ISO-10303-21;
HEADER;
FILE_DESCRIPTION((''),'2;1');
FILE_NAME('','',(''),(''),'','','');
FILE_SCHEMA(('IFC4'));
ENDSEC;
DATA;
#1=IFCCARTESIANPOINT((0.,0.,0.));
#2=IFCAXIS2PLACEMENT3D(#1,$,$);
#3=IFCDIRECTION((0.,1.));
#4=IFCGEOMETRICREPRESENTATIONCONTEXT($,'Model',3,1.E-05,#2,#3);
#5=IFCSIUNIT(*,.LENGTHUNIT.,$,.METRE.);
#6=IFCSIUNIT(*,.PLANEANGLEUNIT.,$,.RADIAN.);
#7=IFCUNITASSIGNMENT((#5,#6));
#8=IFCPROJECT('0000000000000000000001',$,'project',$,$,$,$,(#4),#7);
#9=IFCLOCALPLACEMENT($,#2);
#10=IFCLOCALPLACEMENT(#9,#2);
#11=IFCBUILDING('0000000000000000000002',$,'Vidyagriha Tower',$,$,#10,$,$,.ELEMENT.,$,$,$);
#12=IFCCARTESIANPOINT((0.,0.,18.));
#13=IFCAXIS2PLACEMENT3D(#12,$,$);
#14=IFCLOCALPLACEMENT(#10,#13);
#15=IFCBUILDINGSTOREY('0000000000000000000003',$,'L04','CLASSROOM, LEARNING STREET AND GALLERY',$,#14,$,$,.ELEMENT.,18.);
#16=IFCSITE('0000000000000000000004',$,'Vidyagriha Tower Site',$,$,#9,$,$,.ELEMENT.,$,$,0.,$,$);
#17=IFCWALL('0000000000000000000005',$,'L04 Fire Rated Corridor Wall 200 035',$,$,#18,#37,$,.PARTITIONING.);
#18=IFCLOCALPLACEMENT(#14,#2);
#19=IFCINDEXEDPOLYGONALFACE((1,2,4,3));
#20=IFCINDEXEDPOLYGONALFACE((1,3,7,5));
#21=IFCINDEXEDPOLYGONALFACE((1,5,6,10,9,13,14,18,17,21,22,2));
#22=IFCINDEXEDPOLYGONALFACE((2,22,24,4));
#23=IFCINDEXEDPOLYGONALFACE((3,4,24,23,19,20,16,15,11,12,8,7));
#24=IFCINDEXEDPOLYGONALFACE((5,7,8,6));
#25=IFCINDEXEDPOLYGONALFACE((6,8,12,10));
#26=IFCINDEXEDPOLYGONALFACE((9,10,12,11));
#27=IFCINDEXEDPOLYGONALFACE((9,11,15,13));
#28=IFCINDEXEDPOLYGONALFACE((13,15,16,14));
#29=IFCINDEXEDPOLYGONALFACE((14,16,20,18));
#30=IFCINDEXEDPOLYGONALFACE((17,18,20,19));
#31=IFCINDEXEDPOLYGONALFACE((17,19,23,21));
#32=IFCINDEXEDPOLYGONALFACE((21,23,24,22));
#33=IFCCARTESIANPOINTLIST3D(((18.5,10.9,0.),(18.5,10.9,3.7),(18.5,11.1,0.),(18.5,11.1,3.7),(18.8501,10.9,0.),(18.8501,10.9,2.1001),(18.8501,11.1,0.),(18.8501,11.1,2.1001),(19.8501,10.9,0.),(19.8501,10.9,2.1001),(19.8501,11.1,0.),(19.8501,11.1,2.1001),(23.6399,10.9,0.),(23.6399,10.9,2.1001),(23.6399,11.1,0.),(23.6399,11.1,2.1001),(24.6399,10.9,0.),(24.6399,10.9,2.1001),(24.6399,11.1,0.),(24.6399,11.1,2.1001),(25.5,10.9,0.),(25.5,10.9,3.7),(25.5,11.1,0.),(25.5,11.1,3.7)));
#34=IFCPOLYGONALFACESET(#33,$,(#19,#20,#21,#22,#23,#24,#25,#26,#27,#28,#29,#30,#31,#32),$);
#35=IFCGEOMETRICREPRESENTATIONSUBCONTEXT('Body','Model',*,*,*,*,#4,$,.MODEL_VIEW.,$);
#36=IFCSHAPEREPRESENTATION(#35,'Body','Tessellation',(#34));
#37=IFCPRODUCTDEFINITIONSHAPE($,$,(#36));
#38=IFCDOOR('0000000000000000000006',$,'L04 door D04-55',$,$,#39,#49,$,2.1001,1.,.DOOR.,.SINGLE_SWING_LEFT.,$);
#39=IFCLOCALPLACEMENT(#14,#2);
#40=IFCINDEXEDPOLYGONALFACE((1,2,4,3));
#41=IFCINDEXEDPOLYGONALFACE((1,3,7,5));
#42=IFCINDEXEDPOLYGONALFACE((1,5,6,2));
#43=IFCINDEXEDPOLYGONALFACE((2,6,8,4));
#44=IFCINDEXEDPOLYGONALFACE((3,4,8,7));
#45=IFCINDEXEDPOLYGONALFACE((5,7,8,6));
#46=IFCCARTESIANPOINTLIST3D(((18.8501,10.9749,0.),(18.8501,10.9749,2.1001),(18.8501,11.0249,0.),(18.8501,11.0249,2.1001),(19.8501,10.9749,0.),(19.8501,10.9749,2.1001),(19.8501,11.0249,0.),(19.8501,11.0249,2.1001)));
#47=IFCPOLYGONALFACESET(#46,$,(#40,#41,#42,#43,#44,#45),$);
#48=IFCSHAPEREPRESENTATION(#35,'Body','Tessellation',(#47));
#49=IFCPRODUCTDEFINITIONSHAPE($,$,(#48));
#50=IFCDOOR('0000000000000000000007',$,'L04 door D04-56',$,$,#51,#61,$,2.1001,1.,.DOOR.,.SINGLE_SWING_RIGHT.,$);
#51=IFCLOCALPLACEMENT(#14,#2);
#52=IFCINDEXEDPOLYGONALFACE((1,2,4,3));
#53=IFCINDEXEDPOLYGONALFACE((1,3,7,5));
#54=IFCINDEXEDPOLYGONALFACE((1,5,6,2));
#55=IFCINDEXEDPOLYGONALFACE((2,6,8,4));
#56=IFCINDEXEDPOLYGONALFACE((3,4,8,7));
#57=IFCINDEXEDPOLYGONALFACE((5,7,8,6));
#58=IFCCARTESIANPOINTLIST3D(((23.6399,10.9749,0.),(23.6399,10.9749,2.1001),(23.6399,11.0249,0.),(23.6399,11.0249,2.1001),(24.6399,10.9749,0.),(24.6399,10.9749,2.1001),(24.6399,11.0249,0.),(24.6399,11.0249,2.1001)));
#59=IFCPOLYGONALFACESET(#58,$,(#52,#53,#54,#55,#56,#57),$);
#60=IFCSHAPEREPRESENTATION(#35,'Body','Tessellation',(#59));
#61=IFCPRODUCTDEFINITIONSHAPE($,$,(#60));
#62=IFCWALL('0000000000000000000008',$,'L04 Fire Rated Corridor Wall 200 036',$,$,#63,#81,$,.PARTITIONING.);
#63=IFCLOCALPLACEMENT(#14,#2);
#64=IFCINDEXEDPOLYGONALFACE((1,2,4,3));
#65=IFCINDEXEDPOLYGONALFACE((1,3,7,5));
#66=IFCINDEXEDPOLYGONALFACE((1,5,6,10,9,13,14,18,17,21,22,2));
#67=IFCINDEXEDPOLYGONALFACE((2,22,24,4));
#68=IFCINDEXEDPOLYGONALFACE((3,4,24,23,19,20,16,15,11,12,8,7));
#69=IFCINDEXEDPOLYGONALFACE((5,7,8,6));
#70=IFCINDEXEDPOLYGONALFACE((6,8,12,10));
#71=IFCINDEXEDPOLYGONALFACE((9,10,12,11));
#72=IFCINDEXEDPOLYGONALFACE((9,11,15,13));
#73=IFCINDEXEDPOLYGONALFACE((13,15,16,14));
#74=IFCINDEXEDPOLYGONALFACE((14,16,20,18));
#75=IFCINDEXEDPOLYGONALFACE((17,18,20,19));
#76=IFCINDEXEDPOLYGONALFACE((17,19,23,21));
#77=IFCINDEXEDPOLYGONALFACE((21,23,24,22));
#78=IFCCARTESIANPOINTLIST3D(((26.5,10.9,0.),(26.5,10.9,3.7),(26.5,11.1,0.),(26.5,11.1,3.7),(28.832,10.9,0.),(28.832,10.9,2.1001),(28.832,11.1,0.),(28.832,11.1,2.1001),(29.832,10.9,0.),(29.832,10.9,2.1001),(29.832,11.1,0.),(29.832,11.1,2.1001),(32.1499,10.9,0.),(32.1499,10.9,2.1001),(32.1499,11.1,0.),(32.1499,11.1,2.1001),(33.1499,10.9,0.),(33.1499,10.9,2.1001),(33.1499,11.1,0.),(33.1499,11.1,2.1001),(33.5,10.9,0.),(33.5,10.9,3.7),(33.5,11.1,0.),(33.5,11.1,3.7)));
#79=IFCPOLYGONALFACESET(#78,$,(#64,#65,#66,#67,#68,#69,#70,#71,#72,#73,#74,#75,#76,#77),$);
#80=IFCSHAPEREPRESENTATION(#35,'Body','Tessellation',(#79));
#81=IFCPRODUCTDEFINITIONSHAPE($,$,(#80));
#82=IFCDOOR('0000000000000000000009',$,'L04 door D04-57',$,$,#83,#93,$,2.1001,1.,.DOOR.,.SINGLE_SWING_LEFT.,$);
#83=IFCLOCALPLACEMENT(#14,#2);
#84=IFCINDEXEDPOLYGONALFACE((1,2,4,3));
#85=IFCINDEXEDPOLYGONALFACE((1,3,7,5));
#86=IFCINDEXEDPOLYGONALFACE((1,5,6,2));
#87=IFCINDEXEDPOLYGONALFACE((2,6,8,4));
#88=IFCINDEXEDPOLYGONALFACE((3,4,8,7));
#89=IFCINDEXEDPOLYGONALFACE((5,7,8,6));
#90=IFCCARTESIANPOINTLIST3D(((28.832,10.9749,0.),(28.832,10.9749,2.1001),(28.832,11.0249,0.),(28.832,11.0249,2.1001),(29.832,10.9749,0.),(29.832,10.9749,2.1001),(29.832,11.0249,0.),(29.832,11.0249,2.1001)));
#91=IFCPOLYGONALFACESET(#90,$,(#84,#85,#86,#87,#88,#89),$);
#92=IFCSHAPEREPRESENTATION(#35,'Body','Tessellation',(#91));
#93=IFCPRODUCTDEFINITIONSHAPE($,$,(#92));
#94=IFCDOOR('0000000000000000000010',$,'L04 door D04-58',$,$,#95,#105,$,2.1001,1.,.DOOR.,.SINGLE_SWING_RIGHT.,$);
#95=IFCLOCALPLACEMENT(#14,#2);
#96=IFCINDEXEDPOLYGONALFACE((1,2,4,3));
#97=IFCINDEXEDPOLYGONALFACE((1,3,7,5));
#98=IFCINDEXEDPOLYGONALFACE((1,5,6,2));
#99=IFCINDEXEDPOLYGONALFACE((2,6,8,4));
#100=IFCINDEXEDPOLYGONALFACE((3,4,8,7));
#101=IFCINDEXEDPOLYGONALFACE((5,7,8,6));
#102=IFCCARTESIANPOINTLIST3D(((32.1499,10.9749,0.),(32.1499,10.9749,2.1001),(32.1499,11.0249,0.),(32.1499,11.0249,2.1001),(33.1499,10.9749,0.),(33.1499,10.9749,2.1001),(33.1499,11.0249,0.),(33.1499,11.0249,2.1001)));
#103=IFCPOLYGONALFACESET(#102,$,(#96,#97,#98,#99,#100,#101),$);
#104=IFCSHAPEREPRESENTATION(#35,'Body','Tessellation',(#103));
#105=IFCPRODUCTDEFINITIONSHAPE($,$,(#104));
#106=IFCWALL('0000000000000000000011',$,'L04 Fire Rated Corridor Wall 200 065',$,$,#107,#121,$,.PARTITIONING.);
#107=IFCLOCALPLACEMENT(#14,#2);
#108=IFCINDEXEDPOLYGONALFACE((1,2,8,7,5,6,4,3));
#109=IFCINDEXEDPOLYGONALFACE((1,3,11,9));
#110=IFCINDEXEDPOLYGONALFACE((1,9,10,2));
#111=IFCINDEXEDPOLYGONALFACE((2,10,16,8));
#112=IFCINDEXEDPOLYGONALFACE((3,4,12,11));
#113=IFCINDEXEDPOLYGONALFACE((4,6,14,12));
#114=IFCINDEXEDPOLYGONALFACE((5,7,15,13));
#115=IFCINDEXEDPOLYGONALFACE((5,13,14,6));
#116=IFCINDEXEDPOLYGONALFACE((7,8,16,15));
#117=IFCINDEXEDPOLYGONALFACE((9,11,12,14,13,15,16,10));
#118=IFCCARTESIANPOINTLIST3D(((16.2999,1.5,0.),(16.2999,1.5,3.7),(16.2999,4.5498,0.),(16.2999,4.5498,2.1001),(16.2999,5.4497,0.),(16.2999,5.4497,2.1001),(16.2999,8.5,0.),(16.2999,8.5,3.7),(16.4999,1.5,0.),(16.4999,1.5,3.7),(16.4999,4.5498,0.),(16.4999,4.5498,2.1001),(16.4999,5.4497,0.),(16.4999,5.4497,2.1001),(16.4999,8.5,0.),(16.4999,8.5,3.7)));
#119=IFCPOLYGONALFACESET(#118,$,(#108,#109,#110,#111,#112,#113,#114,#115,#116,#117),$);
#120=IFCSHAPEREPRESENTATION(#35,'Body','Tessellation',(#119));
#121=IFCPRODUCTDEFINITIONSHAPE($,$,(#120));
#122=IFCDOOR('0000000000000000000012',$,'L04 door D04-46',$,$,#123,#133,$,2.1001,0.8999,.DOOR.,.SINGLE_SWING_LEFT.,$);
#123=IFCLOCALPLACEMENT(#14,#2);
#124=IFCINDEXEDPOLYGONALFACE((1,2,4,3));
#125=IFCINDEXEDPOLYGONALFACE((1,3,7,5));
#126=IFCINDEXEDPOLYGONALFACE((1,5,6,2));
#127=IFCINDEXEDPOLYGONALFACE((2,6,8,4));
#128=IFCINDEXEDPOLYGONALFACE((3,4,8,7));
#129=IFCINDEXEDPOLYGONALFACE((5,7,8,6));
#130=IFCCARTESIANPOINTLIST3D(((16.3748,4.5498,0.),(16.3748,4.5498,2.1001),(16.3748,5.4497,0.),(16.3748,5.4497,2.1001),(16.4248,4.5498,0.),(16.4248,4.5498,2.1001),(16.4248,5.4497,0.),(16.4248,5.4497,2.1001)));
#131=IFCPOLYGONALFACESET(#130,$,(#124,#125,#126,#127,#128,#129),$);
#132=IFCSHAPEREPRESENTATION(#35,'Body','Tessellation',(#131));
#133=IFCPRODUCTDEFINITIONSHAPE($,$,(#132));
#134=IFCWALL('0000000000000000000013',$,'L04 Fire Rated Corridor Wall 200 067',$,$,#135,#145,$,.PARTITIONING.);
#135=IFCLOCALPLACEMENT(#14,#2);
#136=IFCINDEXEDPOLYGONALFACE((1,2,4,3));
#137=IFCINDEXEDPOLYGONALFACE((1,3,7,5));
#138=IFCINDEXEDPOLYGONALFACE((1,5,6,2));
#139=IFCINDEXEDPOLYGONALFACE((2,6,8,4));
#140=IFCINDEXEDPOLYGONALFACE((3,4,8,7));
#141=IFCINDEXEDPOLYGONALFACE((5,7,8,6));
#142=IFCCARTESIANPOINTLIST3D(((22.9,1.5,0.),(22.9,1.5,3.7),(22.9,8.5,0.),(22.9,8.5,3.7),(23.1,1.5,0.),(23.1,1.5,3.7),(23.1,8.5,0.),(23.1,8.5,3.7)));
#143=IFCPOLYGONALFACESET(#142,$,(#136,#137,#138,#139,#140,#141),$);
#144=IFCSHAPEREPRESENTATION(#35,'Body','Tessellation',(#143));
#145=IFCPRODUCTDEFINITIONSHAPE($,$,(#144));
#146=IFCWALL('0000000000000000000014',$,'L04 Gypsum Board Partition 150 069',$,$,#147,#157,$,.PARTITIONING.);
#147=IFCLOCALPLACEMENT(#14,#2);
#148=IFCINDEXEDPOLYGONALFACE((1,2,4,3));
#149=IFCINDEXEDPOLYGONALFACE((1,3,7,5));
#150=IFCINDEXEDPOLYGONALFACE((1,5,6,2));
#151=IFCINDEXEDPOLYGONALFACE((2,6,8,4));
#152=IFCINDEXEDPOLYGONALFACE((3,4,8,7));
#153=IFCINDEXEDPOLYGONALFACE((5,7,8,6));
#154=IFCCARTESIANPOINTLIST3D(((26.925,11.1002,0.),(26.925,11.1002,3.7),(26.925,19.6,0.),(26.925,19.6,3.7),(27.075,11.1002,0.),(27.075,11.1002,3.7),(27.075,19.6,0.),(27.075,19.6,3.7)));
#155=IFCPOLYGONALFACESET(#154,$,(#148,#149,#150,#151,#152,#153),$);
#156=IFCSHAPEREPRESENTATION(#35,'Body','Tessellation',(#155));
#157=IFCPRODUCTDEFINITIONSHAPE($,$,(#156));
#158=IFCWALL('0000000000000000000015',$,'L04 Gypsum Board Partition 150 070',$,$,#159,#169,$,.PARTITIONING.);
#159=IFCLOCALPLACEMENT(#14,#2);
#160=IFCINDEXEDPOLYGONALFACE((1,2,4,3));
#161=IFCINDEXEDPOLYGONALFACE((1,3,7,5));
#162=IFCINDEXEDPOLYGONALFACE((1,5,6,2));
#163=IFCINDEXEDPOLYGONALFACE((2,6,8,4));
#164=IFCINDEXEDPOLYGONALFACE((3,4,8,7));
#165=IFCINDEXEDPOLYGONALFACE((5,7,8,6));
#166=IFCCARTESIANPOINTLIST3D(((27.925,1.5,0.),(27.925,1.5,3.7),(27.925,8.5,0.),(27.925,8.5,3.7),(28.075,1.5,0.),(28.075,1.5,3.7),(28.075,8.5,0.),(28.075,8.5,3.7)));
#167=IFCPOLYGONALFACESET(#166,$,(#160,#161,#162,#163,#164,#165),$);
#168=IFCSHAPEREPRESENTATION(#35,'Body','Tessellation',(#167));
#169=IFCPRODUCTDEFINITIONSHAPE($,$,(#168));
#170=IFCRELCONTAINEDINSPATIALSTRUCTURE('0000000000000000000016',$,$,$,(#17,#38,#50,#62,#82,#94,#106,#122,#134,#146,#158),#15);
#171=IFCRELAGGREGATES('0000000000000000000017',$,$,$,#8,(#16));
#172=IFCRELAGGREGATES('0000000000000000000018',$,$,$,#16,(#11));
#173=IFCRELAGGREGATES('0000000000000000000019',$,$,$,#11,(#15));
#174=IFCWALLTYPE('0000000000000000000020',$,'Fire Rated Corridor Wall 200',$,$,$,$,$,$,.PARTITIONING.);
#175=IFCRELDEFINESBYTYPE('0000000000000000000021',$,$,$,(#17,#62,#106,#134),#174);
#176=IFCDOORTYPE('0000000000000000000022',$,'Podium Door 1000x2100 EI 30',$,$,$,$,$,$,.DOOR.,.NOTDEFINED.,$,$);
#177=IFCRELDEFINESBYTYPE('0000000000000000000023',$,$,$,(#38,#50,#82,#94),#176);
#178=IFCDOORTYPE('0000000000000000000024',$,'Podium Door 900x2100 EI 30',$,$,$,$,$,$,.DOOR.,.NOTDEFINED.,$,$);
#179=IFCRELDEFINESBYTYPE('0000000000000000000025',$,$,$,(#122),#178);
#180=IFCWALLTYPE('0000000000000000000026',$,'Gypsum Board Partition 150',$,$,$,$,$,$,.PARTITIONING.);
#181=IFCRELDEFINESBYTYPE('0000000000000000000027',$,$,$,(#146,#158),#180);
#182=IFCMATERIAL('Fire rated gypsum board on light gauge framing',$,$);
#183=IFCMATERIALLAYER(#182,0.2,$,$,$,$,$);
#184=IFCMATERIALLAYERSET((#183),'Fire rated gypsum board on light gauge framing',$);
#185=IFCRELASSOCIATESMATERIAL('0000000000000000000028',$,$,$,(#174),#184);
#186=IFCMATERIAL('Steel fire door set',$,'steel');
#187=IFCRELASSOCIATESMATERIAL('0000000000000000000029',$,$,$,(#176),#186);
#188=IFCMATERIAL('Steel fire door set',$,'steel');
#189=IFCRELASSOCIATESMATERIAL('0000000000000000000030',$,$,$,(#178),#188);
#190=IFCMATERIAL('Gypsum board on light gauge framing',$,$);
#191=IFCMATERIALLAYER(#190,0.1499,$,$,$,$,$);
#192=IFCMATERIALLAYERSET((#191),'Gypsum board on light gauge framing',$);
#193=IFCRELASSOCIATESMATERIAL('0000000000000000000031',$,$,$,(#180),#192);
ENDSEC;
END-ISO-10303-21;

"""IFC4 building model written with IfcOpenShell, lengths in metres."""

from ifc_helpers import new_model, si_unit, direction, frame, frame_2d, origin, place, context, subcontext, project, spatial, rectangle, extrude, material, layer, layer_set, type_object, element, fill, save


model = new_model("IFC4")

# Units and contexts
model_context = context("Model", 3, precision=1e-05, world=origin(), true_north=direction((0.0, 1.0)))
body_context = subcontext(model_context, "Body", "Model", "MODEL_VIEW")
ifc_project = project(units=[si_unit("LENGTHUNIT", "METRE"), si_unit("PLANEANGLEUNIT", "RADIAN")], contexts=[model_context])

# Site, building, storey
site_placement = place(None, origin())
site = spatial("IfcSite", under=ifc_project, at=site_placement, Name="Vidyagriha Tower Site", CompositionType="ELEMENT", RefElevation=0.0)
building_placement = place(site_placement, origin())
building = spatial("IfcBuilding", under=site, at=building_placement, Name="Vidyagriha Tower", CompositionType="ELEMENT")
storey_placement = place(building_placement, frame((0.0, 0.0, 18.0)))
storey = spatial("IfcBuildingStorey", under=building, at=storey_placement, Name="L04", Description="CLASSROOM, LEARNING STREET AND GALLERY", CompositionType="ELEMENT", Elevation=18.0)

# Shared definitions
ifc_material_1 = material(Name="Fire rated gypsum board on light gauge framing")
ifc_layer_1 = layer(ifc_material_1, 0.2)
ifc_layer_set_1 = layer_set([ifc_layer_1], Name="Fire rated gypsum board on light gauge framing")
wall_type_1 = type_object("IfcWallType", Name="Fire Rated Corridor Wall 200", PredefinedType="PARTITIONING", material=ifc_layer_set_1)
ifc_material_2 = material(Name="Steel fire door set", Category="steel")
door_type_1 = type_object("IfcDoorType", Name="Podium Door 1000x2100 EI 30", OperationType="NOTDEFINED", PredefinedType="DOOR", material=ifc_material_2)

# Walls, openings, doors
wall_1_placement = place(storey_placement, frame((18.5, 11.0, 0.0)))
wall_1 = element("IfcWall", 1, at=wall_1_placement, inside=storey, type_object=wall_type_1, Name="L04 Fire Rated Corridor Wall 200 035", PredefinedType="PARTITIONING", context=body_context, shape_type="SweptSolid", body=[
    extrude(rectangle(XDim=7.0, YDim=0.2, at=frame_2d((3.5, 0.0))), origin(), (0.0, 0.0, 1.0), 3.7),
])
opening_1_placement = place(wall_1_placement, frame((0.3501, 0.0, 0.0)))
opening_1 = element("IfcOpeningElement", 2, at=opening_1_placement, cuts=wall_1, PredefinedType="OPENING", context=body_context, shape_type="SweptSolid", body=[
    extrude(rectangle(XDim=1.0, YDim=2.1001, at=frame_2d((0.5, 1.05))), frame((0.0, 0.1099, 0.0), z_axis=(0.0, -1.0, 0.0), x_axis=(1.0, 0.0, 0.0)), (0.0, 0.0, 1.0), 0.22),
])
opening_2_placement = place(wall_1_placement, frame((5.1399, 0.0, 0.0)))
opening_2 = element("IfcOpeningElement", 3, at=opening_2_placement, cuts=wall_1, PredefinedType="OPENING", context=body_context, shape_type="SweptSolid", body=[
    extrude(rectangle(XDim=1.0, YDim=2.1001, at=frame_2d((0.5, 1.05))), frame((0.0, 0.1099, 0.0), z_axis=(0.0, -1.0, 0.0), x_axis=(1.0, 0.0, 0.0)), (0.0, 0.0, 1.0), 0.22),
])
door_1_placement = place(opening_1_placement, origin())
door_1 = element("IfcDoor", 4, at=door_1_placement, inside=storey, type_object=door_type_1, Name="L04 door D04-55", OperationType="SINGLE_SWING_LEFT", OverallHeight=2.1001, OverallWidth=1.0, PredefinedType="DOOR", context=body_context, shape_type="SweptSolid", body=[
    extrude(rectangle(XDim=1.0, YDim=2.1001, at=frame_2d((0.5, 1.05))), frame((0.0, 0.0249, 0.0), z_axis=(0.0, -1.0, 0.0), x_axis=(1.0, 0.0, 0.0)), (0.0, 0.0, 1.0), 0.05),
])
fill(opening_1, door_1)
door_2_placement = place(opening_2_placement, origin())
door_2 = element("IfcDoor", 5, at=door_2_placement, inside=storey, type_object=door_type_1, Name="L04 door D04-56", OperationType="SINGLE_SWING_RIGHT", OverallHeight=2.1001, OverallWidth=1.0, PredefinedType="DOOR", context=body_context, shape_type="SweptSolid", body=[
    extrude(rectangle(XDim=1.0, YDim=2.1001, at=frame_2d((0.5, 1.05))), frame((0.0, 0.0249, 0.0), z_axis=(0.0, -1.0, 0.0), x_axis=(1.0, 0.0, 0.0)), (0.0, 0.0, 1.0), 0.05),
])
fill(opening_2, door_2)
wall_2_placement = place(storey_placement, frame((26.5, 11.0, 0.0)))
wall_2 = element("IfcWall", 6, at=wall_2_placement, inside=storey, type_object=wall_type_1, Name="L04 Fire Rated Corridor Wall 200 036", PredefinedType="PARTITIONING", context=body_context, shape_type="SweptSolid", body=[
    extrude(rectangle(XDim=7.0, YDim=0.2, at=frame_2d((3.5, 0.0))), origin(), (0.0, 0.0, 1.0), 3.7),
])
opening_3_placement = place(wall_2_placement, frame((2.332, 0.0, 0.0)))
opening_3 = element("IfcOpeningElement", 7, at=opening_3_placement, cuts=wall_2, PredefinedType="OPENING", context=body_context, shape_type="SweptSolid", body=[
    extrude(rectangle(XDim=1.0, YDim=2.1001, at=frame_2d((0.5, 1.05))), frame((0.0, 0.1099, 0.0), z_axis=(0.0, -1.0, 0.0), x_axis=(1.0, 0.0, 0.0)), (0.0, 0.0, 1.0), 0.22),
])
opening_4_placement = place(wall_2_placement, frame((5.6499, 0.0, 0.0)))
opening_4 = element("IfcOpeningElement", 8, at=opening_4_placement, cuts=wall_2, PredefinedType="OPENING", context=body_context, shape_type="SweptSolid", body=[
    extrude(rectangle(XDim=1.0, YDim=2.1001, at=frame_2d((0.5, 1.05))), frame((0.0, 0.1099, 0.0), z_axis=(0.0, -1.0, 0.0), x_axis=(1.0, 0.0, 0.0)), (0.0, 0.0, 1.0), 0.22),
])
door_3_placement = place(opening_3_placement, origin())
door_3 = element("IfcDoor", 9, at=door_3_placement, inside=storey, type_object=door_type_1, Name="L04 door D04-57", OperationType="SINGLE_SWING_LEFT", OverallHeight=2.1001, OverallWidth=1.0, PredefinedType="DOOR", context=body_context, shape_type="SweptSolid", body=[
    extrude(rectangle(XDim=1.0, YDim=2.1001, at=frame_2d((0.5, 1.05))), frame((0.0, 0.0249, 0.0), z_axis=(0.0, -1.0, 0.0), x_axis=(1.0, 0.0, 0.0)), (0.0, 0.0, 1.0), 0.05),
])
fill(opening_3, door_3)
door_4_placement = place(opening_4_placement, origin())
door_4 = element("IfcDoor", 10, at=door_4_placement, inside=storey, type_object=door_type_1, Name="L04 door D04-58", OperationType="SINGLE_SWING_RIGHT", OverallHeight=2.1001, OverallWidth=1.0, PredefinedType="DOOR", context=body_context, shape_type="SweptSolid", body=[
    extrude(rectangle(XDim=1.0, YDim=2.1001, at=frame_2d((0.5, 1.05))), frame((0.0, 0.0249, 0.0), z_axis=(0.0, -1.0, 0.0), x_axis=(1.0, 0.0, 0.0)), (0.0, 0.0, 1.0), 0.05),
])
fill(opening_4, door_4)

# Wall, opening, door
wall_3_placement = place(storey_placement, frame((16.3999, 1.5, 0.0), z_axis=(0.0, 0.0, 1.0), x_axis=(0.0, 1.0, 0.0)))
wall_3 = element("IfcWall", 11, at=wall_3_placement, inside=storey, type_object=wall_type_1, Name="L04 Fire Rated Corridor Wall 200 065", PredefinedType="PARTITIONING", context=body_context, shape_type="SweptSolid", body=[
    extrude(rectangle(XDim=7.0, YDim=0.2, at=frame_2d((3.5, 0.0))), origin(), (0.0, 0.0, 1.0), 3.7),
])
opening_5_placement = place(wall_3_placement, frame((3.0498, 0.0, 0.0)))
opening_5 = element("IfcOpeningElement", 12, at=opening_5_placement, cuts=wall_3, PredefinedType="OPENING", context=body_context, shape_type="SweptSolid", body=[
    extrude(rectangle(XDim=0.8999, YDim=2.1001, at=frame_2d((0.45, 1.05))), frame((0.0, 0.1099, 0.0), z_axis=(0.0, -1.0, 0.0), x_axis=(1.0, 0.0, 0.0)), (0.0, 0.0, 1.0), 0.22),
])
ifc_material_3 = material(Name="Steel fire door set", Category="steel")
door_type_2 = type_object("IfcDoorType", Name="Podium Door 900x2100 EI 30", OperationType="NOTDEFINED", PredefinedType="DOOR", material=ifc_material_3)
door_5_placement = place(opening_5_placement, frame((0.8999, 0.0, 0.0), z_axis=(0.0, 0.0, 1.0), x_axis=(-1.0, 0.0, 0.0)))
door_5 = element("IfcDoor", 13, at=door_5_placement, inside=storey, type_object=door_type_2, Name="L04 door D04-46", OperationType="SINGLE_SWING_LEFT", OverallHeight=2.1001, OverallWidth=0.8999, PredefinedType="DOOR", context=body_context, shape_type="SweptSolid", body=[
    extrude(rectangle(XDim=0.8999, YDim=2.1001, at=frame_2d((0.45, 1.05))), frame((0.0, 0.0249, 0.0), z_axis=(0.0, -1.0, 0.0), x_axis=(1.0, 0.0, 0.0)), (0.0, 0.0, 1.0), 0.05),
])
fill(opening_5, door_5)

# Walls
wall_4_placement = place(storey_placement, frame((23.0, 1.5, 0.0), z_axis=(0.0, 0.0, 1.0), x_axis=(0.0, 1.0, 0.0)))
element("IfcWall", 14, at=wall_4_placement, inside=storey, type_object=wall_type_1, Name="L04 Fire Rated Corridor Wall 200 067", PredefinedType="PARTITIONING", context=body_context, shape_type="SweptSolid", body=[
    extrude(rectangle(XDim=7.0, YDim=0.2, at=frame_2d((3.5, 0.0))), origin(), (0.0, 0.0, 1.0), 3.7),
])
ifc_material_4 = material(Name="Gypsum board on light gauge framing")
ifc_layer_2 = layer(ifc_material_4, 0.1499)
ifc_layer_set_2 = layer_set([ifc_layer_2], Name="Gypsum board on light gauge framing")
wall_type_2 = type_object("IfcWallType", Name="Gypsum Board Partition 150", PredefinedType="PARTITIONING", material=ifc_layer_set_2)
wall_5_placement = place(storey_placement, frame((27.0, 11.1001, 0.0), z_axis=(0.0, 0.0, 1.0), x_axis=(0.0, 1.0, 0.0)))
element("IfcWall", 15, at=wall_5_placement, inside=storey, type_object=wall_type_2, Name="L04 Gypsum Board Partition 150 069", PredefinedType="PARTITIONING", context=body_context, shape_type="SweptSolid", body=[
    extrude(rectangle(XDim=8.4998, YDim=0.1499, at=frame_2d((4.25, 0.0))), origin(), (0.0, 0.0, 1.0), 3.7),
])
for number, where, z_axis, x_axis, name in (
    (16, (28.0, 1.5, 0.0), (0.0, 0.0, 1.0), (0.0, 1.0, 0.0), "L04 Gypsum Board Partition 150 070"),
):
    element("IfcWall", number, at=place(storey_placement, frame(where, z_axis=z_axis, x_axis=x_axis)), inside=storey, type_object=wall_type_2, Name=name, PredefinedType="PARTITIONING", context=body_context, shape_type="SweptSolid", body=[
        extrude(rectangle(XDim=7.0, YDim=0.1499, at=frame_2d((3.5, 0.0))), origin(), (0.0, 0.0, 1.0), 3.7),
    ])

save(model, "model.ifc")
